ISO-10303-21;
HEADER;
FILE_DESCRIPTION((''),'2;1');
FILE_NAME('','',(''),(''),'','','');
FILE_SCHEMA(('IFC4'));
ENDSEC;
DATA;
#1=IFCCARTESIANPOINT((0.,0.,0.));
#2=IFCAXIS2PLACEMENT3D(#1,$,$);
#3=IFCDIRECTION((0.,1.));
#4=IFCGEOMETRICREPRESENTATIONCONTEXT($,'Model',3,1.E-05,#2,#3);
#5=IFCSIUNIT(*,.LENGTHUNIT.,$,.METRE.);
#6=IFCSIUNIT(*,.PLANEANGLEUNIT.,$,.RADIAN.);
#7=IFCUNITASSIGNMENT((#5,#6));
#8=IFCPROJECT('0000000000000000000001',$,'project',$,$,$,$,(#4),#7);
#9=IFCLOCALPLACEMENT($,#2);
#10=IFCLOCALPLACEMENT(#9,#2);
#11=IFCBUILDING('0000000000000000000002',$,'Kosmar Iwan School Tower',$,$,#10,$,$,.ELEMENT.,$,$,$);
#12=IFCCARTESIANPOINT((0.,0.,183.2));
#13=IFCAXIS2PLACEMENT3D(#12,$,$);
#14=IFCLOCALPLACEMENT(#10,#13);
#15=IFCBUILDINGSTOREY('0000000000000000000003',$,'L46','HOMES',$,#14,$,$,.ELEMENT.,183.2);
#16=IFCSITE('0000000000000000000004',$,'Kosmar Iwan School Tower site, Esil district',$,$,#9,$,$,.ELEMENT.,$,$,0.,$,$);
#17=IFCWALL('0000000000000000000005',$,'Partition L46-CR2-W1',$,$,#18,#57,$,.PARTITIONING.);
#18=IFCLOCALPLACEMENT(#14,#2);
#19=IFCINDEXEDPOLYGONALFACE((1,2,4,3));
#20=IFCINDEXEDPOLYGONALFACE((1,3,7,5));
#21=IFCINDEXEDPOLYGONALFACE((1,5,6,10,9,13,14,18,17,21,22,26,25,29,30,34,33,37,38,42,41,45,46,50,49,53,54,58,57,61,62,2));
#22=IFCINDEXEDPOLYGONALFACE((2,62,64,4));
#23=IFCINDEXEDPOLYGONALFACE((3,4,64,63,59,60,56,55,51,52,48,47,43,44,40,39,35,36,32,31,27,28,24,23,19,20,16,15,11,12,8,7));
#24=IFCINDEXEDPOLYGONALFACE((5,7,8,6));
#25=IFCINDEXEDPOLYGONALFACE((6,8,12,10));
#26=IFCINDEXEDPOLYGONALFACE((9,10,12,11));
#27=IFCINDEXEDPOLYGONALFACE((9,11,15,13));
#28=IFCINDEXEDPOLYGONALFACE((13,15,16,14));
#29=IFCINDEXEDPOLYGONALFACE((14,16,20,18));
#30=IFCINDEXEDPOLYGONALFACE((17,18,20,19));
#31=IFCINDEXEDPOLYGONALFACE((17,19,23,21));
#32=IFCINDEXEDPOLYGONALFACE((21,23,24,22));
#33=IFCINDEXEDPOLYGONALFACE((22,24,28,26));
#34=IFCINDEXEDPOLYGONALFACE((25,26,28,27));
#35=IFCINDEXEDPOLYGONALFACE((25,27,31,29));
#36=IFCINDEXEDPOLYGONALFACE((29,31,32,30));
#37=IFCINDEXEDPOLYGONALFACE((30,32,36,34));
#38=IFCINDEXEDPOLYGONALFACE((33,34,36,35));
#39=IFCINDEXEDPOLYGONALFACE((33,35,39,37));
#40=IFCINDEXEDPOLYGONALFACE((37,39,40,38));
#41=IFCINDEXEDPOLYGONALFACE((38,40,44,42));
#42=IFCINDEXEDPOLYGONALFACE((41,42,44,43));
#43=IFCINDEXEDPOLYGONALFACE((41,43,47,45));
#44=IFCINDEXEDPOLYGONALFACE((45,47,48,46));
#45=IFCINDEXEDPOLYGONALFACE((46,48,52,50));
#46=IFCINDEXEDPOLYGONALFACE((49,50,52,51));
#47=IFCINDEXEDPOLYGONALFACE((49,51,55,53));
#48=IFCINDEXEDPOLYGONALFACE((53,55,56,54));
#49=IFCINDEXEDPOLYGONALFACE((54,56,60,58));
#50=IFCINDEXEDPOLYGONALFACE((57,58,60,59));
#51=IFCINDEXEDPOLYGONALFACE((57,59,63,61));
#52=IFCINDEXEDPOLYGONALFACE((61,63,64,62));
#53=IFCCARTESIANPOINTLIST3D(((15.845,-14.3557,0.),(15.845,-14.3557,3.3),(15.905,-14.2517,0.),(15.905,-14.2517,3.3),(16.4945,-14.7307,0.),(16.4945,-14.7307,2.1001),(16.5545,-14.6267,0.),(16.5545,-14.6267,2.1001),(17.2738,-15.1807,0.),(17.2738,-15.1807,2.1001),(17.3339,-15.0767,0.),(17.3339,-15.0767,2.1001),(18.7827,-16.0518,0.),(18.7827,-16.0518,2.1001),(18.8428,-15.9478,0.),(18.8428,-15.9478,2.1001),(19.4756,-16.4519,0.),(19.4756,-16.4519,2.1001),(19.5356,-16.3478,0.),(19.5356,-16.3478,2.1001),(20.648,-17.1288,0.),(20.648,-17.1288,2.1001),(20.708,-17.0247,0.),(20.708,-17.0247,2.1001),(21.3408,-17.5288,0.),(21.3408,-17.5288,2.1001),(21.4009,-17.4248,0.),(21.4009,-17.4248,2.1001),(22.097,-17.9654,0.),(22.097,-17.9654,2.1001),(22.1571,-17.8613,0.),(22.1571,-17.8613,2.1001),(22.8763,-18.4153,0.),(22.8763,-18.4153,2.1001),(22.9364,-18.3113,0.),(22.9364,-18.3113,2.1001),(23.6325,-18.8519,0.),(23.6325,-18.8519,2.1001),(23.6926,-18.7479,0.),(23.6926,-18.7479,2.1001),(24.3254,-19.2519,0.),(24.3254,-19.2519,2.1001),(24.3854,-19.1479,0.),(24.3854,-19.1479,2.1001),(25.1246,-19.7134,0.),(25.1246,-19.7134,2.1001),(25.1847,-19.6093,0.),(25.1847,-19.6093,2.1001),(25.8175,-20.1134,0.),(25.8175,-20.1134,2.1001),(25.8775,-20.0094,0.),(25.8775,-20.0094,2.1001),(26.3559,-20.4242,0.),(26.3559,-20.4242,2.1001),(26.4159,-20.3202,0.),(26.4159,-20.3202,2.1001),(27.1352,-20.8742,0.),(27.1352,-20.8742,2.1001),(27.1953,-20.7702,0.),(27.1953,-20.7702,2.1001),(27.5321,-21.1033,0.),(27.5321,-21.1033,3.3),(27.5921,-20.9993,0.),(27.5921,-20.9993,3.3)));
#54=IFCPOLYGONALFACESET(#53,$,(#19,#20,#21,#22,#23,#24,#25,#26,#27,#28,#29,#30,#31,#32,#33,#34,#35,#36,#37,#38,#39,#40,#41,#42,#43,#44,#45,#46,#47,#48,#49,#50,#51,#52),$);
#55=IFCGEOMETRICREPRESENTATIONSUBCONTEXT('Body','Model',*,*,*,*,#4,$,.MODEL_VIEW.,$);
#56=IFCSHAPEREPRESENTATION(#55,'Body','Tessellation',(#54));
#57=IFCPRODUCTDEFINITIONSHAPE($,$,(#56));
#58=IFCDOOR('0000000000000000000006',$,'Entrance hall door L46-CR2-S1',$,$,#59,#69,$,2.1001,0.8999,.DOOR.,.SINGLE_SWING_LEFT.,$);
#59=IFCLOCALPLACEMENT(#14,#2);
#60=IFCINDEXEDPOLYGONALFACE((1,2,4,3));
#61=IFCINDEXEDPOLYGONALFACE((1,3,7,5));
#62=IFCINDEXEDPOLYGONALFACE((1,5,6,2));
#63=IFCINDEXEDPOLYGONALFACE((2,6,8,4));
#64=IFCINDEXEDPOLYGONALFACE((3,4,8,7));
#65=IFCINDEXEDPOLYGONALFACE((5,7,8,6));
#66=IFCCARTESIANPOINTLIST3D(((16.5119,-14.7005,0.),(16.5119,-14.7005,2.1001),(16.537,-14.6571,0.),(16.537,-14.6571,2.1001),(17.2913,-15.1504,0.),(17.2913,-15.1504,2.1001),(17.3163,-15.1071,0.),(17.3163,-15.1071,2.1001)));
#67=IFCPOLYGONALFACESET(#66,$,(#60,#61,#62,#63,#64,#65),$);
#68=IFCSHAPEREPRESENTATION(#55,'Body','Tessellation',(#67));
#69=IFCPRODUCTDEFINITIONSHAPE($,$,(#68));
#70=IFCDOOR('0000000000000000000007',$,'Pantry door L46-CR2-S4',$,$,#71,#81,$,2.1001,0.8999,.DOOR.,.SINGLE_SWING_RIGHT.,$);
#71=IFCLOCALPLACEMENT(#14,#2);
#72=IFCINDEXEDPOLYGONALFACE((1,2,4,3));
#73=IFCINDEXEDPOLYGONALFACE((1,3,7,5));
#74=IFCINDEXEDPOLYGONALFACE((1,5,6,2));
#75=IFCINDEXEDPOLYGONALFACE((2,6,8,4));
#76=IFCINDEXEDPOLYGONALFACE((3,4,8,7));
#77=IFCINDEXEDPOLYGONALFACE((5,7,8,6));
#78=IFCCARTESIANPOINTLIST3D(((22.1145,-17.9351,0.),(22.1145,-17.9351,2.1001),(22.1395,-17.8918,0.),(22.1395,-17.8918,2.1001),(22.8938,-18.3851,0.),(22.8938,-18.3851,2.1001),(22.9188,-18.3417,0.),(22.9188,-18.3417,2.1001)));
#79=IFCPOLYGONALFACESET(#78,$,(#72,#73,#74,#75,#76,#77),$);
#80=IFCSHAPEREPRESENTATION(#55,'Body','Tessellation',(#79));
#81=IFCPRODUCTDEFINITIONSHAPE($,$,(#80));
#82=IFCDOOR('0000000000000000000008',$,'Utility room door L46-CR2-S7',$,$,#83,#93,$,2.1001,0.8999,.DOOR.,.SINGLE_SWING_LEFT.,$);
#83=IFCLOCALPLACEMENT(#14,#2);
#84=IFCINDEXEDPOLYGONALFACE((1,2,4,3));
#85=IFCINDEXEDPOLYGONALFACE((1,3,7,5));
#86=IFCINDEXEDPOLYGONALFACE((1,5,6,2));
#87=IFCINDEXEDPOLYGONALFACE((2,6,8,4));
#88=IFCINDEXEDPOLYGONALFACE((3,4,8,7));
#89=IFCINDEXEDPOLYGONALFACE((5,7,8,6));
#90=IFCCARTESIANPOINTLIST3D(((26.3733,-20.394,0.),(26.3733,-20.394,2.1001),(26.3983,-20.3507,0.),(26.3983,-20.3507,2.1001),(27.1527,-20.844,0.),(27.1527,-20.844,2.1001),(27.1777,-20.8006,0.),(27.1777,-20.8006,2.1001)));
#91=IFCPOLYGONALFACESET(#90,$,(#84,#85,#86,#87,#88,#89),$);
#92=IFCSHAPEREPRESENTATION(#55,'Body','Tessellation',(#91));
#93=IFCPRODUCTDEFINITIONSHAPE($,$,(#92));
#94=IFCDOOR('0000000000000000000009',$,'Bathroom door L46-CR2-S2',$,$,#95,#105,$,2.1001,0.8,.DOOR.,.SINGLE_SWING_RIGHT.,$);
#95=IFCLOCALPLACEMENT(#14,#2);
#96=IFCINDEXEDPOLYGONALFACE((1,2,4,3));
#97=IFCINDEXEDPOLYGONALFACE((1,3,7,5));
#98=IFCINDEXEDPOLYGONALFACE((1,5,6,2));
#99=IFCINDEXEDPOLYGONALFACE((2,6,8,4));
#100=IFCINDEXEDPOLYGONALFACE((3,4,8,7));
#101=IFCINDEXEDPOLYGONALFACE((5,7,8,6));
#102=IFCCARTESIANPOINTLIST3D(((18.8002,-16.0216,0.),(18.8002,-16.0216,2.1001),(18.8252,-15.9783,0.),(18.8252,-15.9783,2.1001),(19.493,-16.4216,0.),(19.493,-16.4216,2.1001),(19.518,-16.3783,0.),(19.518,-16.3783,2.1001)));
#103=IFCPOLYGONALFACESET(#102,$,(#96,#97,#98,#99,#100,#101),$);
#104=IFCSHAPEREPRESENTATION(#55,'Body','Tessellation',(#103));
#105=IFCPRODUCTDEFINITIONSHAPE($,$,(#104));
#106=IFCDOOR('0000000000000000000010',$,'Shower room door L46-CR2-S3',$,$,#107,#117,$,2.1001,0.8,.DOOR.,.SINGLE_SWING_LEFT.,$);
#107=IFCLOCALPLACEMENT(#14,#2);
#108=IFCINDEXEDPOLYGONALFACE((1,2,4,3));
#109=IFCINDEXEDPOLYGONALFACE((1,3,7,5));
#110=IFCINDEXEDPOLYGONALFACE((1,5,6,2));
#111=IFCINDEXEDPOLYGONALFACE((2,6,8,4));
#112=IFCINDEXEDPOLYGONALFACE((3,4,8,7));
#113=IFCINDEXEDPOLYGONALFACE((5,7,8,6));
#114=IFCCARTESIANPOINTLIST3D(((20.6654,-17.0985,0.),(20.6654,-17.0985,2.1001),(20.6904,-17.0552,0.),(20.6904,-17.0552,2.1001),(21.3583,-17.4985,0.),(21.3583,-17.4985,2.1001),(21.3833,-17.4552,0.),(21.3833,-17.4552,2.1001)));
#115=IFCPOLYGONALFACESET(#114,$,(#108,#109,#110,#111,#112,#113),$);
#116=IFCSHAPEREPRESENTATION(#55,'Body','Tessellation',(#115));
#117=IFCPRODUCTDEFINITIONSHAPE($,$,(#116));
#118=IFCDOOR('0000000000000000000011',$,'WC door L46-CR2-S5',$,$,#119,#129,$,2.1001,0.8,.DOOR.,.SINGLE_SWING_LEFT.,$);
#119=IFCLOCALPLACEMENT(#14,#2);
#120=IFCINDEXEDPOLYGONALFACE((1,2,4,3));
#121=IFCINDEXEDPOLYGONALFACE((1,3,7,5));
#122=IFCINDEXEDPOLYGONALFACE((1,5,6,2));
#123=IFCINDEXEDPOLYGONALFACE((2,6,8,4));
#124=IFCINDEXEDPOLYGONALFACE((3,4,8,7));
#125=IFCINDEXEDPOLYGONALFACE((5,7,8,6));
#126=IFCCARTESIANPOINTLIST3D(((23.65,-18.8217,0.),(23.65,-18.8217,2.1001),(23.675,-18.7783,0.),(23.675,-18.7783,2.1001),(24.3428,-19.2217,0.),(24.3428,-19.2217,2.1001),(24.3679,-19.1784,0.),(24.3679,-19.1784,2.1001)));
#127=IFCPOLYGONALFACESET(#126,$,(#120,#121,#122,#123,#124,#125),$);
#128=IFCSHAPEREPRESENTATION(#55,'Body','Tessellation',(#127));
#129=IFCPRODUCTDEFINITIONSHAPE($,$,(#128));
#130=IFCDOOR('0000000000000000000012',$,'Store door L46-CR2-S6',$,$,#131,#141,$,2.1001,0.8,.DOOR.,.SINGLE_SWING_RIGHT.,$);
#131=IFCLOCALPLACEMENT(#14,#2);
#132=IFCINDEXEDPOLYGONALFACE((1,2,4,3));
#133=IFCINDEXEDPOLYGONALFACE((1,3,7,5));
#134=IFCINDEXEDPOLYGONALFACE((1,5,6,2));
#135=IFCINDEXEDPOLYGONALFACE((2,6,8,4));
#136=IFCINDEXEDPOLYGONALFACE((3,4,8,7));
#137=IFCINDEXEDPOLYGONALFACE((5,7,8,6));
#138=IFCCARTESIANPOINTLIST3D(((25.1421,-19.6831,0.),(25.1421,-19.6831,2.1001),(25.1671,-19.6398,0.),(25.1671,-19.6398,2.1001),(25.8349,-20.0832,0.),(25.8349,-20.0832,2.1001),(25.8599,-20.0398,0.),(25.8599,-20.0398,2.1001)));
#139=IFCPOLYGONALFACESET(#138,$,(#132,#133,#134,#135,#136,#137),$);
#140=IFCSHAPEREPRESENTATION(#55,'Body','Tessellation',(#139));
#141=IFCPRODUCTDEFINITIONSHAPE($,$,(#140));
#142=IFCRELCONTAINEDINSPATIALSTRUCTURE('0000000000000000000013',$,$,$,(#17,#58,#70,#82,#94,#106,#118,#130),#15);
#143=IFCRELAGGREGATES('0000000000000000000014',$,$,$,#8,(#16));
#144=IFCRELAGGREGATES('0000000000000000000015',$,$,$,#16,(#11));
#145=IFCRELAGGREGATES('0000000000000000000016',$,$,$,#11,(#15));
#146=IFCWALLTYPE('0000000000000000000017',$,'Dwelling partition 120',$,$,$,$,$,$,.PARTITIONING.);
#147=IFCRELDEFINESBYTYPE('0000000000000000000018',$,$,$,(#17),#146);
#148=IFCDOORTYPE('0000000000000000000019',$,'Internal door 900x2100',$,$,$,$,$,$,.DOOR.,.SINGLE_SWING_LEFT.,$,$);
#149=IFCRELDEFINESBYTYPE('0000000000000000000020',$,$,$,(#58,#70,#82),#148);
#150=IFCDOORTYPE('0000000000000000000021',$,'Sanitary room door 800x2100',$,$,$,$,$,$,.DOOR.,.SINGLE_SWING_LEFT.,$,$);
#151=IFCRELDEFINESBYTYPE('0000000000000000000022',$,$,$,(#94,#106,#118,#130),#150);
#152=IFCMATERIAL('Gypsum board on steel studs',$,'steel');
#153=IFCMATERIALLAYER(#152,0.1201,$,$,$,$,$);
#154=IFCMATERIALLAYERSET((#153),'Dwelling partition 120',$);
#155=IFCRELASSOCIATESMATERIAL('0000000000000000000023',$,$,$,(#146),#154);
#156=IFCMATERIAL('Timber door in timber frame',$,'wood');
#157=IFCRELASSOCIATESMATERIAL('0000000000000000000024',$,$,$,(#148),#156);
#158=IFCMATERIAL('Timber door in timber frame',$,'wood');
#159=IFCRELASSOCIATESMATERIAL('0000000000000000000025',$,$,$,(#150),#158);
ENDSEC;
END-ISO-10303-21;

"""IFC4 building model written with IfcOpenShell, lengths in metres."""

from ifc_helpers import new_model, si_unit, direction, frame, frame_2d, origin, place, context, subcontext, project, spatial, rectangle, extrude, material, layer, layer_set, type_object, element, fill, save


model = new_model("IFC4")

# Units and contexts
model_context = context("Model", 3, precision=1e-05, world=origin(), true_north=direction((0.0, 1.0)))
body_context = subcontext(model_context, "Body", "Model", "MODEL_VIEW")
ifc_project = project(units=[si_unit("LENGTHUNIT", "METRE"), si_unit("PLANEANGLEUNIT", "RADIAN")], contexts=[model_context])

# Site, building, storey
site_placement = place(None, origin())
site = spatial("IfcSite", under=ifc_project, at=site_placement, Name="Kosmar Iwan School Tower site, Esil district", CompositionType="ELEMENT", RefElevation=0.0)
building_placement = place(site_placement, origin())
building = spatial("IfcBuilding", under=site, at=building_placement, Name="Kosmar Iwan School Tower", CompositionType="ELEMENT")
storey_placement = place(building_placement, frame((0.0, 0.0, 183.2)))
storey = spatial("IfcBuildingStorey", under=building, at=storey_placement, Name="L46", Description="HOMES", CompositionType="ELEMENT", Elevation=183.2)

# Shared definitions
ifc_material_1 = material(Name="Gypsum board on steel studs", Category="steel")
ifc_layer_1 = layer(ifc_material_1, 0.1201)
ifc_layer_set_1 = layer_set([ifc_layer_1], Name="Dwelling partition 120")
wall_type_1 = type_object("IfcWallType", Name="Dwelling partition 120", PredefinedType="PARTITIONING", material=ifc_layer_set_1)

# Wall, openings, doors
wall_1_placement = place(storey_placement, frame((15.875, -14.3037, 0.0), z_axis=(0.0, 0.0, 1.0), x_axis=(0.866024, -0.500003, 0.0)))
wall_1 = element("IfcWall", 1, at=wall_1_placement, inside=storey, type_object=wall_type_1, Name="Partition L46-CR2-W1", PredefinedType="PARTITIONING", context=body_context, shape_type="SweptSolid", body=[
    extrude(rectangle(XDim=13.4951, YDim=0.1201, at=frame_2d((6.7476, 0.0))), origin(), (0.0, 0.0, 1.0), 3.3),
])
opening_1_placement = place(wall_1_placement, frame((0.75, 0.0, 0.0)))
opening_1 = element("IfcOpeningElement", 2, at=opening_1_placement, cuts=wall_1, PredefinedType="OPENING", context=body_context, shape_type="SweptSolid", body=[
    extrude(rectangle(XDim=0.8999, YDim=2.1001, at=frame_2d((0.45, 1.05))), frame((0.0, 0.072, 0.0), z_axis=(0.0, -1.0, 0.0), x_axis=(1.0, 0.0, 0.0)), (0.0, 0.0, 1.0), 0.144),
])
opening_2_placement = place(wall_1_placement, frame((3.3923, 0.0, 0.0)))
opening_2 = element("IfcOpeningElement", 3, at=opening_2_placement, cuts=wall_1, PredefinedType="OPENING", context=body_context, shape_type="SweptSolid", body=[
    extrude(rectangle(XDim=0.8, YDim=2.1001, at=frame_2d((0.3999, 1.05))), frame((0.0, 0.072, 0.0), z_axis=(0.0, -1.0, 0.0), x_axis=(1.0, 0.0, 0.0)), (0.0, 0.0, 1.0), 0.144),
])
opening_3_placement = place(wall_1_placement, frame((5.5461, 0.0, 0.0)))
opening_3 = element("IfcOpeningElement", 4, at=opening_3_placement, cuts=wall_1, PredefinedType="OPENING", context=body_context, shape_type="SweptSolid", body=[
    extrude(rectangle(XDim=0.8, YDim=2.1001, at=frame_2d((0.3999, 1.05))), frame((0.0, 0.072, 0.0), z_axis=(0.0, -1.0, 0.0), x_axis=(1.0, 0.0, 0.0)), (0.0, 0.0, 1.0), 0.144),
])
opening_4_placement = place(wall_1_placement, frame((7.2192, 0.0, 0.0)))
opening_4 = element("IfcOpeningElement", 5, at=opening_4_placement, cuts=wall_1, PredefinedType="OPENING", context=body_context, shape_type="SweptSolid", body=[
    extrude(rectangle(XDim=0.8999, YDim=2.1001, at=frame_2d((0.45, 1.05))), frame((0.0, 0.072, 0.0), z_axis=(0.0, -1.0, 0.0), x_axis=(1.0, 0.0, 0.0)), (0.0, 0.0, 1.0), 0.144),
])
opening_5_placement = place(wall_1_placement, frame((8.9924, 0.0, 0.0)))
opening_5 = element("IfcOpeningElement", 6, at=opening_5_placement, cuts=wall_1, PredefinedType="OPENING", context=body_context, shape_type="SweptSolid", body=[
    extrude(rectangle(XDim=0.8, YDim=2.1001, at=frame_2d((0.3999, 1.05))), frame((0.0, 0.072, 0.0), z_axis=(0.0, -1.0, 0.0), x_axis=(1.0, 0.0, 0.0)), (0.0, 0.0, 1.0), 0.144),
])
opening_6_placement = place(wall_1_placement, frame((10.7153, 0.0, 0.0)))
opening_6 = element("IfcOpeningElement", 7, at=opening_6_placement, cuts=wall_1, PredefinedType="OPENING", context=body_context, shape_type="SweptSolid", body=[
    extrude(rectangle(XDim=0.8, YDim=2.1001, at=frame_2d((0.3999, 1.05))), frame((0.0, 0.072, 0.0), z_axis=(0.0, -1.0, 0.0), x_axis=(1.0, 0.0, 0.0)), (0.0, 0.0, 1.0), 0.144),
])
opening_7_placement = place(wall_1_placement, frame((12.137, 0.0, 0.0)))
opening_7 = element("IfcOpeningElement", 8, at=opening_7_placement, cuts=wall_1, PredefinedType="OPENING", context=body_context, shape_type="SweptSolid", body=[
    extrude(rectangle(XDim=0.8999, YDim=2.1001, at=frame_2d((0.45, 1.05))), frame((0.0, 0.072, 0.0), z_axis=(0.0, -1.0, 0.0), x_axis=(1.0, 0.0, 0.0)), (0.0, 0.0, 1.0), 0.144),
])
ifc_material_2 = material(Name="Timber door in timber frame", Category="wood")
door_type_1 = type_object("IfcDoorType", Name="Internal door 900x2100", OperationType="SINGLE_SWING_LEFT", PredefinedType="DOOR", material=ifc_material_2)
door_1_placement = place(opening_1_placement, origin())
door_1 = element("IfcDoor", 9, at=door_1_placement, inside=storey, type_object=door_type_1, Name="Entrance hall door L46-CR2-S1", OperationType="SINGLE_SWING_LEFT", OverallHeight=2.1001, OverallWidth=0.8999, PredefinedType="DOOR", context=body_context, shape_type="SweptSolid", body=[
    extrude(rectangle(XDim=0.8999, YDim=2.1001, at=frame_2d((0.45, 1.05))), frame((0.0, 0.0249, 0.0), z_axis=(0.0, -1.0, 0.0), x_axis=(1.0, 0.0, 0.0)), (0.0, 0.0, 1.0), 0.05),
])
fill(opening_1, door_1)
door_2_placement = place(opening_4_placement, origin())
door_2 = element("IfcDoor", 10, at=door_2_placement, inside=storey, type_object=door_type_1, Name="Pantry door L46-CR2-S4", OperationType="SINGLE_SWING_RIGHT", OverallHeight=2.1001, OverallWidth=0.8999, PredefinedType="DOOR", context=body_context, shape_type="SweptSolid", body=[
    extrude(rectangle(XDim=0.8999, YDim=2.1001, at=frame_2d((0.45, 1.05))), frame((0.0, 0.0249, 0.0), z_axis=(0.0, -1.0, 0.0), x_axis=(1.0, 0.0, 0.0)), (0.0, 0.0, 1.0), 0.05),
])
fill(opening_4, door_2)
door_3_placement = place(opening_7_placement, origin())
door_3 = element("IfcDoor", 11, at=door_3_placement, inside=storey, type_object=door_type_1, Name="Utility room door L46-CR2-S7", OperationType="SINGLE_SWING_LEFT", OverallHeight=2.1001, OverallWidth=0.8999, PredefinedType="DOOR", context=body_context, shape_type="SweptSolid", body=[
    extrude(rectangle(XDim=0.8999, YDim=2.1001, at=frame_2d((0.45, 1.05))), frame((0.0, 0.0249, 0.0), z_axis=(0.0, -1.0, 0.0), x_axis=(1.0, 0.0, 0.0)), (0.0, 0.0, 1.0), 0.05),
])
fill(opening_7, door_3)
ifc_material_3 = material(Name="Timber door in timber frame", Category="wood")
door_type_2 = type_object("IfcDoorType", Name="Sanitary room door 800x2100", OperationType="SINGLE_SWING_LEFT", PredefinedType="DOOR", material=ifc_material_3)
door_4_placement = place(opening_2_placement, origin())
door_4 = element("IfcDoor", 12, at=door_4_placement, inside=storey, type_object=door_type_2, Name="Bathroom door L46-CR2-S2", OperationType="SINGLE_SWING_RIGHT", OverallHeight=2.1001, OverallWidth=0.8, PredefinedType="DOOR", context=body_context, shape_type="SweptSolid", body=[
    extrude(rectangle(XDim=0.8, YDim=2.1001, at=frame_2d((0.3999, 1.05))), frame((0.0, 0.0249, 0.0), z_axis=(0.0, -1.0, 0.0), x_axis=(1.0, 0.0, 0.0)), (0.0, 0.0, 1.0), 0.05),
])
fill(opening_2, door_4)
door_5_placement = place(opening_3_placement, origin())
door_5 = element("IfcDoor", 13, at=door_5_placement, inside=storey, type_object=door_type_2, Name="Shower room door L46-CR2-S3", OperationType="SINGLE_SWING_LEFT", OverallHeight=2.1001, OverallWidth=0.8, PredefinedType="DOOR", context=body_context, shape_type="SweptSolid", body=[
    extrude(rectangle(XDim=0.8, YDim=2.1001, at=frame_2d((0.3999, 1.05))), frame((0.0, 0.0249, 0.0), z_axis=(0.0, -1.0, 0.0), x_axis=(1.0, 0.0, 0.0)), (0.0, 0.0, 1.0), 0.05),
])
fill(opening_3, door_5)
door_6_placement = place(opening_5_placement, origin())
door_6 = element("IfcDoor", 14, at=door_6_placement, inside=storey, type_object=door_type_2, Name="WC door L46-CR2-S5", OperationType="SINGLE_SWING_LEFT", OverallHeight=2.1001, OverallWidth=0.8, PredefinedType="DOOR", context=body_context, shape_type="SweptSolid", body=[
    extrude(rectangle(XDim=0.8, YDim=2.1001, at=frame_2d((0.3999, 1.05))), frame((0.0, 0.0249, 0.0), z_axis=(0.0, -1.0, 0.0), x_axis=(1.0, 0.0, 0.0)), (0.0, 0.0, 1.0), 0.05),
])
fill(opening_5, door_6)
door_7_placement = place(opening_6_placement, origin())
door_7 = element("IfcDoor", 15, at=door_7_placement, inside=storey, type_object=door_type_2, Name="Store door L46-CR2-S6", OperationType="SINGLE_SWING_RIGHT", OverallHeight=2.1001, OverallWidth=0.8, PredefinedType="DOOR", context=body_context, shape_type="SweptSolid", body=[
    extrude(rectangle(XDim=0.8, YDim=2.1001, at=frame_2d((0.3999, 1.05))), frame((0.0, 0.0249, 0.0), z_axis=(0.0, -1.0, 0.0), x_axis=(1.0, 0.0, 0.0)), (0.0, 0.0, 1.0), 0.05),
])
fill(opening_6, door_7)

save(model, "model.ifc")
